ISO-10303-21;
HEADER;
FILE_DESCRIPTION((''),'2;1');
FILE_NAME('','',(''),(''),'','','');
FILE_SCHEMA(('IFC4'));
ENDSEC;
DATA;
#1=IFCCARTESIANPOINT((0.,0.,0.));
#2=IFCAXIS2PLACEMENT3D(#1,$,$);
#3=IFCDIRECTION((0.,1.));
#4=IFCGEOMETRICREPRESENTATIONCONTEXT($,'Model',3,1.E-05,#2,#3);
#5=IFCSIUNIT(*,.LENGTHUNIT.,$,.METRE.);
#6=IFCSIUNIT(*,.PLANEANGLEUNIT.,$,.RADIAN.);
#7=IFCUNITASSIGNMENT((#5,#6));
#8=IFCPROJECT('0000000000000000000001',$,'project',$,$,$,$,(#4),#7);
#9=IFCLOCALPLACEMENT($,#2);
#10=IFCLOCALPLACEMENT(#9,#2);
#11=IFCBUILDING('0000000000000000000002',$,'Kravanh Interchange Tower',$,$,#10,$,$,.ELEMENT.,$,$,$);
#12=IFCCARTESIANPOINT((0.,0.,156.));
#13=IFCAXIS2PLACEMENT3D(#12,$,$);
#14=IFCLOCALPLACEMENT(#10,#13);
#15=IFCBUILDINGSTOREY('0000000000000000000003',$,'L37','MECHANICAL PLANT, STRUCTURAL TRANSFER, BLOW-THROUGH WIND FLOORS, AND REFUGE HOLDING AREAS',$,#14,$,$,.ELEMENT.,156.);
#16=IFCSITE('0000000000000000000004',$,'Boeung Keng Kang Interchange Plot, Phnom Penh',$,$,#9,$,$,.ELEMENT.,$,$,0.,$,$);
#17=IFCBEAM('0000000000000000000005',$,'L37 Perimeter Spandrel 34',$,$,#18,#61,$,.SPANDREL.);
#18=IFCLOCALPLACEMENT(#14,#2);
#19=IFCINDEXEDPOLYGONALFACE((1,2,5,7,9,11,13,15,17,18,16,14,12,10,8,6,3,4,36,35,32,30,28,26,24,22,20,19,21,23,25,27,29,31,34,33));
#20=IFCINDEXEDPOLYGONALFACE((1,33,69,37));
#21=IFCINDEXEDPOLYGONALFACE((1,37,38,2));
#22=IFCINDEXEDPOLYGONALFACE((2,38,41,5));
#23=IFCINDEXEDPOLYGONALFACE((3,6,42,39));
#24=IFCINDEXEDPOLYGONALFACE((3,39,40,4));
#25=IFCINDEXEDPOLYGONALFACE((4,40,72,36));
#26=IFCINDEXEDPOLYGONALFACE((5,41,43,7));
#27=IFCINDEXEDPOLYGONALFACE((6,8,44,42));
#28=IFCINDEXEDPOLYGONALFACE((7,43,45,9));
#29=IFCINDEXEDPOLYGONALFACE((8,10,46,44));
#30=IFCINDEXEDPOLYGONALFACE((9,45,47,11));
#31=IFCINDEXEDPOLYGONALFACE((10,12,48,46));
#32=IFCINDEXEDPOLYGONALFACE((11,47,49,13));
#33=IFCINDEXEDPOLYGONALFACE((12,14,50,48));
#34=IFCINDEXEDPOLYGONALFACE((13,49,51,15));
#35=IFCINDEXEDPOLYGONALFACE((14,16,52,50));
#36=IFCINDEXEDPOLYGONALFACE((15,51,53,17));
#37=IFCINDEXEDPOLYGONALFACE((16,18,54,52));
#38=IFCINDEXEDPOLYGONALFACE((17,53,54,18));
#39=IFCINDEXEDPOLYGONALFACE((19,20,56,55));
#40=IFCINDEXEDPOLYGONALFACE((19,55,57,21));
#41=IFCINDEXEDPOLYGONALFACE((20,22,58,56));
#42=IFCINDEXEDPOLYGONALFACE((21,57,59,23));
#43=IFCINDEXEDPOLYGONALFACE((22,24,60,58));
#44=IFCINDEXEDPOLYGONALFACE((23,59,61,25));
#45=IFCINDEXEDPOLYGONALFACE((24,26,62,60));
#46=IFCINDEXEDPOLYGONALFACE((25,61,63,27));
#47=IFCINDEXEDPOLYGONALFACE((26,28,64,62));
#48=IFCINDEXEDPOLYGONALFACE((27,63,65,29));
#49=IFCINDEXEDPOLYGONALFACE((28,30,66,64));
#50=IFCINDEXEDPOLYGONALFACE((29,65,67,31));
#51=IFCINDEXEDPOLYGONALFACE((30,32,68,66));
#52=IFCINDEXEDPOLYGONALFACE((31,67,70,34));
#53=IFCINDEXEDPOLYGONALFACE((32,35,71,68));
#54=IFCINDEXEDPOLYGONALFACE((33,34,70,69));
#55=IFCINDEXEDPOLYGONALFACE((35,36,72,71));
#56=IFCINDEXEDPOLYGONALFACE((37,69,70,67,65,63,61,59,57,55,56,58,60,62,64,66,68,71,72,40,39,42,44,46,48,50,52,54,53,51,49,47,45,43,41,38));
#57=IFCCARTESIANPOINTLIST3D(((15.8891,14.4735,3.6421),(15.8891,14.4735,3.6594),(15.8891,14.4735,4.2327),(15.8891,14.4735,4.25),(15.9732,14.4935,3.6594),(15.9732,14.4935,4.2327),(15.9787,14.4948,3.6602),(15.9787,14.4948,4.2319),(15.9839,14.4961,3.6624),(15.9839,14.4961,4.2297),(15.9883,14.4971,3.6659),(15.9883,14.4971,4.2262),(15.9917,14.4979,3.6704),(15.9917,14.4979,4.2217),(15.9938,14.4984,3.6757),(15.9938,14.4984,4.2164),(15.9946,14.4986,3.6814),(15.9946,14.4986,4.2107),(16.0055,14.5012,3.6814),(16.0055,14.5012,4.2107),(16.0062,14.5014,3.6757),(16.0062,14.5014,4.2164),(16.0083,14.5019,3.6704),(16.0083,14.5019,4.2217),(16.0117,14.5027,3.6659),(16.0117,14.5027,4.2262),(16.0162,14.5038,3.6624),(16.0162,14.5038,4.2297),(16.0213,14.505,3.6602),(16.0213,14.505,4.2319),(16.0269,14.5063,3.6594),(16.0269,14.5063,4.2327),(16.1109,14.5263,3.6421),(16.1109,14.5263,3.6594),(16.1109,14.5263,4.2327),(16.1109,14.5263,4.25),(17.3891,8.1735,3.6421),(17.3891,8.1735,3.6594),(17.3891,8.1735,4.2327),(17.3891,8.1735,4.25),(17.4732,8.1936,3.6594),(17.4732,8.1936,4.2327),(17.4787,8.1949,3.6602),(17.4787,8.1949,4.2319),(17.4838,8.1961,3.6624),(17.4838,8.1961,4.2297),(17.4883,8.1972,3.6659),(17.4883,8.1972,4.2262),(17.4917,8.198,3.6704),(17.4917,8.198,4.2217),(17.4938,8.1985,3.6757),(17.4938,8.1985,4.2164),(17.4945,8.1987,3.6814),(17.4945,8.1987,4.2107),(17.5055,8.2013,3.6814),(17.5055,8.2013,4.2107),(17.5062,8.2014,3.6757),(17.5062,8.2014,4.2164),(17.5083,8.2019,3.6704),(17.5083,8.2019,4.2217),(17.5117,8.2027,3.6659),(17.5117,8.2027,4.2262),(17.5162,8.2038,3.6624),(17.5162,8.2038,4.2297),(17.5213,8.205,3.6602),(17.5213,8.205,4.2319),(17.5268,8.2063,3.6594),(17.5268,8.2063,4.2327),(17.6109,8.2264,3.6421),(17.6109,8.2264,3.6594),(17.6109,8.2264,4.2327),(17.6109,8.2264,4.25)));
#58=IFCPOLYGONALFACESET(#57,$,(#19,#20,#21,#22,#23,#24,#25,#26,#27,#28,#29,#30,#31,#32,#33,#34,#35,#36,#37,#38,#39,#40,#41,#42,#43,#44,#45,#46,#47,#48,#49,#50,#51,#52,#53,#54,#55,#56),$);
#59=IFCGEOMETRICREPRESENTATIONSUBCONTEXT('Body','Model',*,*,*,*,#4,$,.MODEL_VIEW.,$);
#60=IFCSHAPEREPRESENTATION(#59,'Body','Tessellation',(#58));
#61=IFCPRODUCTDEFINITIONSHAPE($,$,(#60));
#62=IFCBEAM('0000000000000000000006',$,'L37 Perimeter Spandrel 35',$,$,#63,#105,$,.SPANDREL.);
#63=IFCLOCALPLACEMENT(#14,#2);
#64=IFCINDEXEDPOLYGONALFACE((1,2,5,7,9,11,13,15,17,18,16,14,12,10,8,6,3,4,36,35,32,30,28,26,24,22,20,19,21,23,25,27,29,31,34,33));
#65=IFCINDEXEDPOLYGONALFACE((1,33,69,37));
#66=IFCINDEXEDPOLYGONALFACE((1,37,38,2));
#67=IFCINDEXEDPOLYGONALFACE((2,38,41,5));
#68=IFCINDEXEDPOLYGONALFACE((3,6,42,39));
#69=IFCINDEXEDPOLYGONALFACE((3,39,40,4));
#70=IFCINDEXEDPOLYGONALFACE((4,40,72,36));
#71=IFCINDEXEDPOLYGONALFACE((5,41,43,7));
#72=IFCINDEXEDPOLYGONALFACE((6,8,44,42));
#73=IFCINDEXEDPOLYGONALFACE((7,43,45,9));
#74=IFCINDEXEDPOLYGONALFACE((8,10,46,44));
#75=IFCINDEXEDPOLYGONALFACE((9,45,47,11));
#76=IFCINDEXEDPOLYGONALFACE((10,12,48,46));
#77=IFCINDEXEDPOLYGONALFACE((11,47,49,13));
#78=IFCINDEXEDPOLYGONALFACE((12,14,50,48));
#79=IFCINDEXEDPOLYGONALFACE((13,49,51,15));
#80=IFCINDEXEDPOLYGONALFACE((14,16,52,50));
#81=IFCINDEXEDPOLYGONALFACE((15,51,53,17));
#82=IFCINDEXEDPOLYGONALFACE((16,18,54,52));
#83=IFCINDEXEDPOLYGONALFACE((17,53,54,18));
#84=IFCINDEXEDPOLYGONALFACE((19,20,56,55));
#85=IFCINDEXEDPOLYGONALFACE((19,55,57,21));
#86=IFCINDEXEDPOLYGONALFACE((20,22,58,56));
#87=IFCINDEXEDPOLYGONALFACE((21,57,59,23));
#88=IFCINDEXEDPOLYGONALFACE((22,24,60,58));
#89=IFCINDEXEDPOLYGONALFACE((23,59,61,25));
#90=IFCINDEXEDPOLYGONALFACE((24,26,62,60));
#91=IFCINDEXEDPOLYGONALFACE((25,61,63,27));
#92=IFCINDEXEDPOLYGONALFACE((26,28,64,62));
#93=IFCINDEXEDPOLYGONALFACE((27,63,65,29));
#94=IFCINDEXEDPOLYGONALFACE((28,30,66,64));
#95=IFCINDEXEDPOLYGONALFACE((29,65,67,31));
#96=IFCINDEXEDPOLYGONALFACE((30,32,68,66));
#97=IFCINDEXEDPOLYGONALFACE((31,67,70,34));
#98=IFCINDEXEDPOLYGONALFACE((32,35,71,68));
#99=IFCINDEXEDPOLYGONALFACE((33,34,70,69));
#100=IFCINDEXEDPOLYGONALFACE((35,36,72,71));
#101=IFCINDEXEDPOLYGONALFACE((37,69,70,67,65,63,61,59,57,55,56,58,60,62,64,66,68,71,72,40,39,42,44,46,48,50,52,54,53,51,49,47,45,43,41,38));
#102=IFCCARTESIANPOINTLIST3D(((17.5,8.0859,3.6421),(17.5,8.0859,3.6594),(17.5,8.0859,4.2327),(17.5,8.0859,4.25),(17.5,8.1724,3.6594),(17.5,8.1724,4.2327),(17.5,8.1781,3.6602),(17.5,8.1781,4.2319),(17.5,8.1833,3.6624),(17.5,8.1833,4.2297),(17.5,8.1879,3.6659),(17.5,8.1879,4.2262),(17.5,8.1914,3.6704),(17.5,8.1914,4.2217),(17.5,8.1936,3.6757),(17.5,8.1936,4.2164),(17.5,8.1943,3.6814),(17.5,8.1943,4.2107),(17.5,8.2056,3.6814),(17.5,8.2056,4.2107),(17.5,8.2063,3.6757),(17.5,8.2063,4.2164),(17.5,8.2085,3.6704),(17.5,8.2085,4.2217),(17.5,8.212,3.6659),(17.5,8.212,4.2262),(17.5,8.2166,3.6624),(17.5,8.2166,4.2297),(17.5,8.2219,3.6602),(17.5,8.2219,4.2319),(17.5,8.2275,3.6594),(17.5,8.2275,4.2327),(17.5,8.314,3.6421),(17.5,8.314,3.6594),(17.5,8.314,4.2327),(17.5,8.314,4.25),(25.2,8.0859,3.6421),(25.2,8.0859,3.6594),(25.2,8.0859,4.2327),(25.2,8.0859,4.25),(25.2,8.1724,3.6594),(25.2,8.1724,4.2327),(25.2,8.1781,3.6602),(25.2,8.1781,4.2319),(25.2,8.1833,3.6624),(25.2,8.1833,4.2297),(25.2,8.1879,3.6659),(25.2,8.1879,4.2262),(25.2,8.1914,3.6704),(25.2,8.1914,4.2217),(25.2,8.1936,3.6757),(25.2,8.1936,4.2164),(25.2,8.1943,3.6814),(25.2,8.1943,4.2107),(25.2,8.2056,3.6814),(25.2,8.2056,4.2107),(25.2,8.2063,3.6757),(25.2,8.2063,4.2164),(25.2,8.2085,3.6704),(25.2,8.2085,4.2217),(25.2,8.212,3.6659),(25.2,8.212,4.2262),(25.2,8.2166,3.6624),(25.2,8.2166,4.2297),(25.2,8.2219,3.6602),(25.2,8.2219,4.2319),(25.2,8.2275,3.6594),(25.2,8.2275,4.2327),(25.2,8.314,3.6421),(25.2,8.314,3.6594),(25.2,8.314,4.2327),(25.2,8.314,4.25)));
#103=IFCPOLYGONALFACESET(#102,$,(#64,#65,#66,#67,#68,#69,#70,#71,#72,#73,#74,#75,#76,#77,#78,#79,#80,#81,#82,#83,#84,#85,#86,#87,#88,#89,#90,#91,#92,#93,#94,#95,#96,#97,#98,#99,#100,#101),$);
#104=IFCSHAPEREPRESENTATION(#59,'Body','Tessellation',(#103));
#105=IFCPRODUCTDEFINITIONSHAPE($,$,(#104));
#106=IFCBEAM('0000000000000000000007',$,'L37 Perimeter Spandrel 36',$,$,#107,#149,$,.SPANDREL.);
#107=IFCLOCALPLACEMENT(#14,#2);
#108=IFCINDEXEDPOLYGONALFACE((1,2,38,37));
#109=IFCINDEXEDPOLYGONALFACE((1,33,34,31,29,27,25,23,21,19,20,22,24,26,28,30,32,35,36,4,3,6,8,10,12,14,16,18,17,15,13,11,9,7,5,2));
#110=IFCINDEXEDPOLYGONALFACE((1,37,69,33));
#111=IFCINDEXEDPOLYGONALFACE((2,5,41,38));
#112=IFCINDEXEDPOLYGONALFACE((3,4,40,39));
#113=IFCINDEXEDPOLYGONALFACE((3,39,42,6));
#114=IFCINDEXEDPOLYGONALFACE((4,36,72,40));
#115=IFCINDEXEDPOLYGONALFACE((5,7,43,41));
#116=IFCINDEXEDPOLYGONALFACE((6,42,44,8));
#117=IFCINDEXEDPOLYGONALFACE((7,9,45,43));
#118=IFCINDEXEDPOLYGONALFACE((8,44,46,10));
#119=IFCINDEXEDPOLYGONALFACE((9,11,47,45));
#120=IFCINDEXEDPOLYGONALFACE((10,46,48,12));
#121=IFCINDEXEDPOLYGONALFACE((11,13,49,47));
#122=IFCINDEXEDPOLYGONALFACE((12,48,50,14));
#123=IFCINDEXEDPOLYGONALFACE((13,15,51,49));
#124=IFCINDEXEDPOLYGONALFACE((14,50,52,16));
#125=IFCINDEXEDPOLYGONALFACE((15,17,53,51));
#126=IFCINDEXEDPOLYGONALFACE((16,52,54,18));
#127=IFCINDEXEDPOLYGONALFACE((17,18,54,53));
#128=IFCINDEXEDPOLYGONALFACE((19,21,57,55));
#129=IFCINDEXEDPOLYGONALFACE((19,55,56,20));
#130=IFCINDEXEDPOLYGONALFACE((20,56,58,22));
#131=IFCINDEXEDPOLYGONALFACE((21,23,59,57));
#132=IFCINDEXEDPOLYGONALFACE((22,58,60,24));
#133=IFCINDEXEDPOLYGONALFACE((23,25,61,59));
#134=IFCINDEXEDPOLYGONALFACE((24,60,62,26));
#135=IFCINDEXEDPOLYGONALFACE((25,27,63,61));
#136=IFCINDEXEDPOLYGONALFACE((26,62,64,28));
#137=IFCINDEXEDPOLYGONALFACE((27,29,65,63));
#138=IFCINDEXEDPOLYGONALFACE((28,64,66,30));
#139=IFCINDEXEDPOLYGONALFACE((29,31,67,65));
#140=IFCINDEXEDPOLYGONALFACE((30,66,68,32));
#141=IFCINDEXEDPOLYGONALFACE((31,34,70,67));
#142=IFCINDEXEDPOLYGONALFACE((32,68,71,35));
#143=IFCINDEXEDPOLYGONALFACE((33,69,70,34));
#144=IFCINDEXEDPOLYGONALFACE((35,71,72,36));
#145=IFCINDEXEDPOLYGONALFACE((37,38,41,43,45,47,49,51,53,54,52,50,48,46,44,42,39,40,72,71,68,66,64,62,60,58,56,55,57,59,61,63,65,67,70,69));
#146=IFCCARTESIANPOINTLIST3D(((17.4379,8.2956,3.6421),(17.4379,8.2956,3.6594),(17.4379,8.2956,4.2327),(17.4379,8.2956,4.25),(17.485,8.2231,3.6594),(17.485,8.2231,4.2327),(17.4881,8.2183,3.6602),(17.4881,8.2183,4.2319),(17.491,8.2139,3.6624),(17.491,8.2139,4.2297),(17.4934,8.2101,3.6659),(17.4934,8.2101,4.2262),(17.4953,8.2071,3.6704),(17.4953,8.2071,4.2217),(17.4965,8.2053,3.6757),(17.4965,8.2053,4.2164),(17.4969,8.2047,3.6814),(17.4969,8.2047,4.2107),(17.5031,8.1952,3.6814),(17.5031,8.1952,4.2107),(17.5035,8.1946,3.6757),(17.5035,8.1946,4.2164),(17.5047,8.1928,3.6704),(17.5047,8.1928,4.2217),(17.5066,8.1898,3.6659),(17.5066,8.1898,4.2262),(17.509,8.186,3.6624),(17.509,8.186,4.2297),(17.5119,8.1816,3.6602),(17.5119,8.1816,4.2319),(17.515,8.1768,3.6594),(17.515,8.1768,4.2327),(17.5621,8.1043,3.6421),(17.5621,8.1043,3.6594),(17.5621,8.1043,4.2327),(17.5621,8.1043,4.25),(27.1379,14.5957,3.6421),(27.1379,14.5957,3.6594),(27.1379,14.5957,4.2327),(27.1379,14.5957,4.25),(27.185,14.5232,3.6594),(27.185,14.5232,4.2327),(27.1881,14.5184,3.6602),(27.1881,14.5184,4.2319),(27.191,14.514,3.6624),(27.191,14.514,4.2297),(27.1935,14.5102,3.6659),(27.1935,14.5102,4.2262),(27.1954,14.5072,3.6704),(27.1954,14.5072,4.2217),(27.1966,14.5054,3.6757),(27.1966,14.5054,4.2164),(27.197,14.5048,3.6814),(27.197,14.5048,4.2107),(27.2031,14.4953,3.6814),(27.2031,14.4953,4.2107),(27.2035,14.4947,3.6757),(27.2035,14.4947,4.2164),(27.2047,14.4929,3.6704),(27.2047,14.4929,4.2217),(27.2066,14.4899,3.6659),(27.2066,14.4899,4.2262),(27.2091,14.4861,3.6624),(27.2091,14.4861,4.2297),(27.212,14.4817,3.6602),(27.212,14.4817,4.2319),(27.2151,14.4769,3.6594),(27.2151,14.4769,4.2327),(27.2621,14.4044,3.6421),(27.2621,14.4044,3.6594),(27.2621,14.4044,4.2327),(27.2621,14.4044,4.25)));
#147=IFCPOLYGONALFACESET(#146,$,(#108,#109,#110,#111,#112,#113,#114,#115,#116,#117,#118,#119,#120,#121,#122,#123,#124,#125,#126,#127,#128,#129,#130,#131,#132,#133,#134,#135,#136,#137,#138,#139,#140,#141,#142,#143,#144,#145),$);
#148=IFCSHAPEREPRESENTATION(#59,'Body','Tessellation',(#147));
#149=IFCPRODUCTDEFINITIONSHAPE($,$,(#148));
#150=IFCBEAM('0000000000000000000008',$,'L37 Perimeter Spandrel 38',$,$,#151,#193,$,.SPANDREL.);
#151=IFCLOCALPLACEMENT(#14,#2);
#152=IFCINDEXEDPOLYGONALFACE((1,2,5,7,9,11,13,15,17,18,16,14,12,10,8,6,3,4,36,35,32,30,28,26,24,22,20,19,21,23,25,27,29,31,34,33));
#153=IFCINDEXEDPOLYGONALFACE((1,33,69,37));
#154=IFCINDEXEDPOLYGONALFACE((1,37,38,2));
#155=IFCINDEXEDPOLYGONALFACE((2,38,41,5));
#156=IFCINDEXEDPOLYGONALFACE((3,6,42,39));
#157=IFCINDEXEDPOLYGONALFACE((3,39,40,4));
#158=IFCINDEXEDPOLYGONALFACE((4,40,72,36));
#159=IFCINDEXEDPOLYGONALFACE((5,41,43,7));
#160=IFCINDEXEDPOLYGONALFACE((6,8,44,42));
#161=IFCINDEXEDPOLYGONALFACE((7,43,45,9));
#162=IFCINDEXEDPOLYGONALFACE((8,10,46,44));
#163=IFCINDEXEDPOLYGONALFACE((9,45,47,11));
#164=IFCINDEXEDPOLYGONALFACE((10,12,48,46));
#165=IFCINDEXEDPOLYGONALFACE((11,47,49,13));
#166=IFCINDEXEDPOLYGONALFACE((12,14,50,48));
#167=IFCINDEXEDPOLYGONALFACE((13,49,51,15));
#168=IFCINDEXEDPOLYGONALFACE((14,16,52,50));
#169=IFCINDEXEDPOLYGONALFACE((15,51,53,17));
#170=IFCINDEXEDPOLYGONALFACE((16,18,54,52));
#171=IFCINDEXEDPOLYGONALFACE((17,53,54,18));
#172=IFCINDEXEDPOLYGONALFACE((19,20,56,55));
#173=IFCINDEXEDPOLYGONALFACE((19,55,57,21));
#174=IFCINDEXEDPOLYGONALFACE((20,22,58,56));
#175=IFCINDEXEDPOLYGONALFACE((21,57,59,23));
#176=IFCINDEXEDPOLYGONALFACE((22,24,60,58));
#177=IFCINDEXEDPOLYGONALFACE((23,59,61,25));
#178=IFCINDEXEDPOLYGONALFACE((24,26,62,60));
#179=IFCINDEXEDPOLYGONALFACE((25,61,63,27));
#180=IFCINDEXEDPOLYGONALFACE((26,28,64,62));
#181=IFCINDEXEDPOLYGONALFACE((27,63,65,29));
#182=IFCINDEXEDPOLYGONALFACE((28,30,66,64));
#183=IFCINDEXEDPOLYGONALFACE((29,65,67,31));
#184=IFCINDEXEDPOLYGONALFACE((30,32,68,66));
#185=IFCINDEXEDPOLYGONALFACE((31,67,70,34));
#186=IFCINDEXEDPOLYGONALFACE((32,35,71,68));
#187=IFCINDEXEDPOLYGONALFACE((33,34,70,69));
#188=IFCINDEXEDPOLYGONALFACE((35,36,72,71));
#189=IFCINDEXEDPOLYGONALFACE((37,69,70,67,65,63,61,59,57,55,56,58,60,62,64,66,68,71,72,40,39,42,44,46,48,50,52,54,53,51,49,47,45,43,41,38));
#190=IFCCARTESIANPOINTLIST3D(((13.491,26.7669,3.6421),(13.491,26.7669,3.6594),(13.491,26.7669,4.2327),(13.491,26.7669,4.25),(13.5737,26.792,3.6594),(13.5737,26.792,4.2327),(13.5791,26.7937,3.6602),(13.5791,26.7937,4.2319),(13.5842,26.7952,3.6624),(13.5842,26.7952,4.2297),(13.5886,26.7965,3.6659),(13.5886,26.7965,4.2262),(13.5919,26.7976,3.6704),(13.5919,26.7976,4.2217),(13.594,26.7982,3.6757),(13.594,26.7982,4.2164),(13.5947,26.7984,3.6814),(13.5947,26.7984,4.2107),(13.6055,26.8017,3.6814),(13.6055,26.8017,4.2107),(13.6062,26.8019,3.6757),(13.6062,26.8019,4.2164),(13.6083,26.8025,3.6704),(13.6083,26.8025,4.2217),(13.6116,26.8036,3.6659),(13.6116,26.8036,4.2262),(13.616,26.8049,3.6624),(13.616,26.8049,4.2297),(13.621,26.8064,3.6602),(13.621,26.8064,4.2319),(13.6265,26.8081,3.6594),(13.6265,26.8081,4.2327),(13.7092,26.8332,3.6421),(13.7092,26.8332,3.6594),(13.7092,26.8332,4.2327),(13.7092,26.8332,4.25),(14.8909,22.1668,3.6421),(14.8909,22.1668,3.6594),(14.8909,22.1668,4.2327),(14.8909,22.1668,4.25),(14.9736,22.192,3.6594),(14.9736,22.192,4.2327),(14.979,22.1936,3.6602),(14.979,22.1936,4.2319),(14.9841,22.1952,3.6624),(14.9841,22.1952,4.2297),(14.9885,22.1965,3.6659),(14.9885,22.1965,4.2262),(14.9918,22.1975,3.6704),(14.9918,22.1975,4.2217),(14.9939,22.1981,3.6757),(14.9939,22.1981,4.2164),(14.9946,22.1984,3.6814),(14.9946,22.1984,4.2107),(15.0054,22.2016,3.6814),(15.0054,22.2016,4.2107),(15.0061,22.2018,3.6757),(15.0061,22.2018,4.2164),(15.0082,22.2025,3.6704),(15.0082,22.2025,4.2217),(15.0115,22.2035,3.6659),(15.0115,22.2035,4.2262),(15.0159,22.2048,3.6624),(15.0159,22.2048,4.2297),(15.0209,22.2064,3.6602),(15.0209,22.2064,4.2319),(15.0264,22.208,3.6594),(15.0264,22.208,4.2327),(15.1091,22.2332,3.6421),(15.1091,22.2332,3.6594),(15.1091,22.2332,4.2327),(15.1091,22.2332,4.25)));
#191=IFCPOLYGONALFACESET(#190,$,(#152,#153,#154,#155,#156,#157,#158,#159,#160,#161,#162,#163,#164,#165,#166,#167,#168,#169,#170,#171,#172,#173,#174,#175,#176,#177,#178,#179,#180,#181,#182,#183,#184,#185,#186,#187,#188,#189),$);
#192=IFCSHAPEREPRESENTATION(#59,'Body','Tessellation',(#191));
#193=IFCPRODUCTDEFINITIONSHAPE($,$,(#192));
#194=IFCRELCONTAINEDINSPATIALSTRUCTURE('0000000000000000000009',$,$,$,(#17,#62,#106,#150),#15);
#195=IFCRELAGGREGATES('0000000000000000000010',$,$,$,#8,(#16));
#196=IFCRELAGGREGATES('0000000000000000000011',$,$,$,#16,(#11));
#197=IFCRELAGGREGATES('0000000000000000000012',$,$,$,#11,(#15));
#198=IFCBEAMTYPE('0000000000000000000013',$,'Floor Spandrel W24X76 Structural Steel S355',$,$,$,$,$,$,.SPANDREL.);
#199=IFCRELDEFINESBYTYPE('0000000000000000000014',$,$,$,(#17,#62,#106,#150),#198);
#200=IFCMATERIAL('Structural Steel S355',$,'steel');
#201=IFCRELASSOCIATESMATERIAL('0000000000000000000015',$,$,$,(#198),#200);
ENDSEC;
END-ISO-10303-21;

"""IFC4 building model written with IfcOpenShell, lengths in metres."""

from ifc_helpers import new_model, si_unit, direction, frame, origin, origin_2d, place, context, subcontext, project, spatial, i_section, extrude, material, material_profile, profile_set, type_object, element, save


model = new_model("IFC4")

# Units and contexts
model_context = context("Model", 3, precision=1e-05, world=origin(), true_north=direction((0.0, 1.0)))
body_context = subcontext(model_context, "Body", "Model", "MODEL_VIEW")
ifc_project = project(units=[si_unit("LENGTHUNIT", "METRE"), si_unit("PLANEANGLEUNIT", "RADIAN")], contexts=[model_context])

# Site, building, storey
site_placement = place(None, origin())
site = spatial("IfcSite", under=ifc_project, at=site_placement, Name="Boeung Keng Kang Interchange Plot, Phnom Penh", CompositionType="ELEMENT", RefElevation=0.0)
building_placement = place(site_placement, origin())
building = spatial("IfcBuilding", under=site, at=building_placement, Name="Kravanh Interchange Tower", CompositionType="ELEMENT")
storey_placement = place(building_placement, frame((0.0, 0.0, 156.0)))
storey = spatial("IfcBuildingStorey", under=building, at=storey_placement, Name="L37", Description="MECHANICAL PLANT, STRUCTURAL TRANSFER, BLOW-THROUGH WIND FLOORS, AND REFUGE HOLDING AREAS", CompositionType="ELEMENT", Elevation=156.0)

# Beams
ifc_material_1 = material(Name="Structural Steel S355", Category="steel")
ifc_material_profile_1 = material_profile(ifc_material_1, i_section(OverallWidth=0.228, OverallDepth=0.6079, WebThickness=0.0112, FlangeThickness=0.0173, FilletRadius=0.022, at=origin_2d()), Name="W24X76")
ifc_profile_set_1 = profile_set([ifc_material_profile_1], Name="Structural Steel S355")
beam_type_1 = type_object("IfcBeamType", Name="Floor Spandrel W24X76 Structural Steel S355", PredefinedType="SPANDREL", material=ifc_profile_set_1)
beam_1_placement = place(storey_placement, frame((17.5, 8.2, 3.946), z_axis=(-0.231619, 0.972807, 0.0), x_axis=(-0.972807, -0.231619, 0.0)))
element("IfcBeam", 1, at=beam_1_placement, inside=storey, type_object=beam_type_1, Name="L37 Perimeter Spandrel 34", PredefinedType="SPANDREL", context=body_context, shape_type="SweptSolid", body=[
    extrude(i_section(OverallWidth=0.228, OverallDepth=0.6079, WebThickness=0.0112, FlangeThickness=0.0173, FilletRadius=0.022, at=origin_2d()), origin(), (0.0, 0.0, 1.0), 6.4761),
])
beam_2_placement = place(storey_placement, frame((17.5, 8.2, 3.946), z_axis=(1.0, 0.0, 0.0), x_axis=(0.0, 1.0, 0.0)))
element("IfcBeam", 2, at=beam_2_placement, inside=storey, type_object=beam_type_1, Name="L37 Perimeter Spandrel 35", PredefinedType="SPANDREL", context=body_context, shape_type="SweptSolid", body=[
    extrude(i_section(OverallWidth=0.228, OverallDepth=0.6079, WebThickness=0.0112, FlangeThickness=0.0173, FilletRadius=0.022, at=origin_2d()), origin(), (0.0, 0.0, 1.0), 7.7),
])
beam_3_placement = place(storey_placement, frame((17.5, 8.2, 3.946), z_axis=(0.838638, 0.544689, 0.0), x_axis=(-0.544689, 0.838638, 0.0)))
element("IfcBeam", 3, at=beam_3_placement, inside=storey, type_object=beam_type_1, Name="L37 Perimeter Spandrel 36", PredefinedType="SPANDREL", context=body_context, shape_type="SweptSolid", body=[
    extrude(i_section(OverallWidth=0.228, OverallDepth=0.6079, WebThickness=0.0112, FlangeThickness=0.0173, FilletRadius=0.022, at=origin_2d()), origin(), (0.0, 0.0, 1.0), 11.5664),
])
beam_4_placement = place(storey_placement, frame((13.6001, 26.8, 3.946), z_axis=(0.291137, -0.956681, 0.0), x_axis=(0.956681, 0.291137, 0.0)))
element("IfcBeam", 4, at=beam_4_placement, inside=storey, type_object=beam_type_1, Name="L37 Perimeter Spandrel 38", PredefinedType="SPANDREL", context=body_context, shape_type="SweptSolid", body=[
    extrude(i_section(OverallWidth=0.228, OverallDepth=0.6079, WebThickness=0.0112, FlangeThickness=0.0173, FilletRadius=0.022, at=origin_2d()), origin(), (0.0, 0.0, 1.0), 4.8083),
])

save(model, "model.ifc")
